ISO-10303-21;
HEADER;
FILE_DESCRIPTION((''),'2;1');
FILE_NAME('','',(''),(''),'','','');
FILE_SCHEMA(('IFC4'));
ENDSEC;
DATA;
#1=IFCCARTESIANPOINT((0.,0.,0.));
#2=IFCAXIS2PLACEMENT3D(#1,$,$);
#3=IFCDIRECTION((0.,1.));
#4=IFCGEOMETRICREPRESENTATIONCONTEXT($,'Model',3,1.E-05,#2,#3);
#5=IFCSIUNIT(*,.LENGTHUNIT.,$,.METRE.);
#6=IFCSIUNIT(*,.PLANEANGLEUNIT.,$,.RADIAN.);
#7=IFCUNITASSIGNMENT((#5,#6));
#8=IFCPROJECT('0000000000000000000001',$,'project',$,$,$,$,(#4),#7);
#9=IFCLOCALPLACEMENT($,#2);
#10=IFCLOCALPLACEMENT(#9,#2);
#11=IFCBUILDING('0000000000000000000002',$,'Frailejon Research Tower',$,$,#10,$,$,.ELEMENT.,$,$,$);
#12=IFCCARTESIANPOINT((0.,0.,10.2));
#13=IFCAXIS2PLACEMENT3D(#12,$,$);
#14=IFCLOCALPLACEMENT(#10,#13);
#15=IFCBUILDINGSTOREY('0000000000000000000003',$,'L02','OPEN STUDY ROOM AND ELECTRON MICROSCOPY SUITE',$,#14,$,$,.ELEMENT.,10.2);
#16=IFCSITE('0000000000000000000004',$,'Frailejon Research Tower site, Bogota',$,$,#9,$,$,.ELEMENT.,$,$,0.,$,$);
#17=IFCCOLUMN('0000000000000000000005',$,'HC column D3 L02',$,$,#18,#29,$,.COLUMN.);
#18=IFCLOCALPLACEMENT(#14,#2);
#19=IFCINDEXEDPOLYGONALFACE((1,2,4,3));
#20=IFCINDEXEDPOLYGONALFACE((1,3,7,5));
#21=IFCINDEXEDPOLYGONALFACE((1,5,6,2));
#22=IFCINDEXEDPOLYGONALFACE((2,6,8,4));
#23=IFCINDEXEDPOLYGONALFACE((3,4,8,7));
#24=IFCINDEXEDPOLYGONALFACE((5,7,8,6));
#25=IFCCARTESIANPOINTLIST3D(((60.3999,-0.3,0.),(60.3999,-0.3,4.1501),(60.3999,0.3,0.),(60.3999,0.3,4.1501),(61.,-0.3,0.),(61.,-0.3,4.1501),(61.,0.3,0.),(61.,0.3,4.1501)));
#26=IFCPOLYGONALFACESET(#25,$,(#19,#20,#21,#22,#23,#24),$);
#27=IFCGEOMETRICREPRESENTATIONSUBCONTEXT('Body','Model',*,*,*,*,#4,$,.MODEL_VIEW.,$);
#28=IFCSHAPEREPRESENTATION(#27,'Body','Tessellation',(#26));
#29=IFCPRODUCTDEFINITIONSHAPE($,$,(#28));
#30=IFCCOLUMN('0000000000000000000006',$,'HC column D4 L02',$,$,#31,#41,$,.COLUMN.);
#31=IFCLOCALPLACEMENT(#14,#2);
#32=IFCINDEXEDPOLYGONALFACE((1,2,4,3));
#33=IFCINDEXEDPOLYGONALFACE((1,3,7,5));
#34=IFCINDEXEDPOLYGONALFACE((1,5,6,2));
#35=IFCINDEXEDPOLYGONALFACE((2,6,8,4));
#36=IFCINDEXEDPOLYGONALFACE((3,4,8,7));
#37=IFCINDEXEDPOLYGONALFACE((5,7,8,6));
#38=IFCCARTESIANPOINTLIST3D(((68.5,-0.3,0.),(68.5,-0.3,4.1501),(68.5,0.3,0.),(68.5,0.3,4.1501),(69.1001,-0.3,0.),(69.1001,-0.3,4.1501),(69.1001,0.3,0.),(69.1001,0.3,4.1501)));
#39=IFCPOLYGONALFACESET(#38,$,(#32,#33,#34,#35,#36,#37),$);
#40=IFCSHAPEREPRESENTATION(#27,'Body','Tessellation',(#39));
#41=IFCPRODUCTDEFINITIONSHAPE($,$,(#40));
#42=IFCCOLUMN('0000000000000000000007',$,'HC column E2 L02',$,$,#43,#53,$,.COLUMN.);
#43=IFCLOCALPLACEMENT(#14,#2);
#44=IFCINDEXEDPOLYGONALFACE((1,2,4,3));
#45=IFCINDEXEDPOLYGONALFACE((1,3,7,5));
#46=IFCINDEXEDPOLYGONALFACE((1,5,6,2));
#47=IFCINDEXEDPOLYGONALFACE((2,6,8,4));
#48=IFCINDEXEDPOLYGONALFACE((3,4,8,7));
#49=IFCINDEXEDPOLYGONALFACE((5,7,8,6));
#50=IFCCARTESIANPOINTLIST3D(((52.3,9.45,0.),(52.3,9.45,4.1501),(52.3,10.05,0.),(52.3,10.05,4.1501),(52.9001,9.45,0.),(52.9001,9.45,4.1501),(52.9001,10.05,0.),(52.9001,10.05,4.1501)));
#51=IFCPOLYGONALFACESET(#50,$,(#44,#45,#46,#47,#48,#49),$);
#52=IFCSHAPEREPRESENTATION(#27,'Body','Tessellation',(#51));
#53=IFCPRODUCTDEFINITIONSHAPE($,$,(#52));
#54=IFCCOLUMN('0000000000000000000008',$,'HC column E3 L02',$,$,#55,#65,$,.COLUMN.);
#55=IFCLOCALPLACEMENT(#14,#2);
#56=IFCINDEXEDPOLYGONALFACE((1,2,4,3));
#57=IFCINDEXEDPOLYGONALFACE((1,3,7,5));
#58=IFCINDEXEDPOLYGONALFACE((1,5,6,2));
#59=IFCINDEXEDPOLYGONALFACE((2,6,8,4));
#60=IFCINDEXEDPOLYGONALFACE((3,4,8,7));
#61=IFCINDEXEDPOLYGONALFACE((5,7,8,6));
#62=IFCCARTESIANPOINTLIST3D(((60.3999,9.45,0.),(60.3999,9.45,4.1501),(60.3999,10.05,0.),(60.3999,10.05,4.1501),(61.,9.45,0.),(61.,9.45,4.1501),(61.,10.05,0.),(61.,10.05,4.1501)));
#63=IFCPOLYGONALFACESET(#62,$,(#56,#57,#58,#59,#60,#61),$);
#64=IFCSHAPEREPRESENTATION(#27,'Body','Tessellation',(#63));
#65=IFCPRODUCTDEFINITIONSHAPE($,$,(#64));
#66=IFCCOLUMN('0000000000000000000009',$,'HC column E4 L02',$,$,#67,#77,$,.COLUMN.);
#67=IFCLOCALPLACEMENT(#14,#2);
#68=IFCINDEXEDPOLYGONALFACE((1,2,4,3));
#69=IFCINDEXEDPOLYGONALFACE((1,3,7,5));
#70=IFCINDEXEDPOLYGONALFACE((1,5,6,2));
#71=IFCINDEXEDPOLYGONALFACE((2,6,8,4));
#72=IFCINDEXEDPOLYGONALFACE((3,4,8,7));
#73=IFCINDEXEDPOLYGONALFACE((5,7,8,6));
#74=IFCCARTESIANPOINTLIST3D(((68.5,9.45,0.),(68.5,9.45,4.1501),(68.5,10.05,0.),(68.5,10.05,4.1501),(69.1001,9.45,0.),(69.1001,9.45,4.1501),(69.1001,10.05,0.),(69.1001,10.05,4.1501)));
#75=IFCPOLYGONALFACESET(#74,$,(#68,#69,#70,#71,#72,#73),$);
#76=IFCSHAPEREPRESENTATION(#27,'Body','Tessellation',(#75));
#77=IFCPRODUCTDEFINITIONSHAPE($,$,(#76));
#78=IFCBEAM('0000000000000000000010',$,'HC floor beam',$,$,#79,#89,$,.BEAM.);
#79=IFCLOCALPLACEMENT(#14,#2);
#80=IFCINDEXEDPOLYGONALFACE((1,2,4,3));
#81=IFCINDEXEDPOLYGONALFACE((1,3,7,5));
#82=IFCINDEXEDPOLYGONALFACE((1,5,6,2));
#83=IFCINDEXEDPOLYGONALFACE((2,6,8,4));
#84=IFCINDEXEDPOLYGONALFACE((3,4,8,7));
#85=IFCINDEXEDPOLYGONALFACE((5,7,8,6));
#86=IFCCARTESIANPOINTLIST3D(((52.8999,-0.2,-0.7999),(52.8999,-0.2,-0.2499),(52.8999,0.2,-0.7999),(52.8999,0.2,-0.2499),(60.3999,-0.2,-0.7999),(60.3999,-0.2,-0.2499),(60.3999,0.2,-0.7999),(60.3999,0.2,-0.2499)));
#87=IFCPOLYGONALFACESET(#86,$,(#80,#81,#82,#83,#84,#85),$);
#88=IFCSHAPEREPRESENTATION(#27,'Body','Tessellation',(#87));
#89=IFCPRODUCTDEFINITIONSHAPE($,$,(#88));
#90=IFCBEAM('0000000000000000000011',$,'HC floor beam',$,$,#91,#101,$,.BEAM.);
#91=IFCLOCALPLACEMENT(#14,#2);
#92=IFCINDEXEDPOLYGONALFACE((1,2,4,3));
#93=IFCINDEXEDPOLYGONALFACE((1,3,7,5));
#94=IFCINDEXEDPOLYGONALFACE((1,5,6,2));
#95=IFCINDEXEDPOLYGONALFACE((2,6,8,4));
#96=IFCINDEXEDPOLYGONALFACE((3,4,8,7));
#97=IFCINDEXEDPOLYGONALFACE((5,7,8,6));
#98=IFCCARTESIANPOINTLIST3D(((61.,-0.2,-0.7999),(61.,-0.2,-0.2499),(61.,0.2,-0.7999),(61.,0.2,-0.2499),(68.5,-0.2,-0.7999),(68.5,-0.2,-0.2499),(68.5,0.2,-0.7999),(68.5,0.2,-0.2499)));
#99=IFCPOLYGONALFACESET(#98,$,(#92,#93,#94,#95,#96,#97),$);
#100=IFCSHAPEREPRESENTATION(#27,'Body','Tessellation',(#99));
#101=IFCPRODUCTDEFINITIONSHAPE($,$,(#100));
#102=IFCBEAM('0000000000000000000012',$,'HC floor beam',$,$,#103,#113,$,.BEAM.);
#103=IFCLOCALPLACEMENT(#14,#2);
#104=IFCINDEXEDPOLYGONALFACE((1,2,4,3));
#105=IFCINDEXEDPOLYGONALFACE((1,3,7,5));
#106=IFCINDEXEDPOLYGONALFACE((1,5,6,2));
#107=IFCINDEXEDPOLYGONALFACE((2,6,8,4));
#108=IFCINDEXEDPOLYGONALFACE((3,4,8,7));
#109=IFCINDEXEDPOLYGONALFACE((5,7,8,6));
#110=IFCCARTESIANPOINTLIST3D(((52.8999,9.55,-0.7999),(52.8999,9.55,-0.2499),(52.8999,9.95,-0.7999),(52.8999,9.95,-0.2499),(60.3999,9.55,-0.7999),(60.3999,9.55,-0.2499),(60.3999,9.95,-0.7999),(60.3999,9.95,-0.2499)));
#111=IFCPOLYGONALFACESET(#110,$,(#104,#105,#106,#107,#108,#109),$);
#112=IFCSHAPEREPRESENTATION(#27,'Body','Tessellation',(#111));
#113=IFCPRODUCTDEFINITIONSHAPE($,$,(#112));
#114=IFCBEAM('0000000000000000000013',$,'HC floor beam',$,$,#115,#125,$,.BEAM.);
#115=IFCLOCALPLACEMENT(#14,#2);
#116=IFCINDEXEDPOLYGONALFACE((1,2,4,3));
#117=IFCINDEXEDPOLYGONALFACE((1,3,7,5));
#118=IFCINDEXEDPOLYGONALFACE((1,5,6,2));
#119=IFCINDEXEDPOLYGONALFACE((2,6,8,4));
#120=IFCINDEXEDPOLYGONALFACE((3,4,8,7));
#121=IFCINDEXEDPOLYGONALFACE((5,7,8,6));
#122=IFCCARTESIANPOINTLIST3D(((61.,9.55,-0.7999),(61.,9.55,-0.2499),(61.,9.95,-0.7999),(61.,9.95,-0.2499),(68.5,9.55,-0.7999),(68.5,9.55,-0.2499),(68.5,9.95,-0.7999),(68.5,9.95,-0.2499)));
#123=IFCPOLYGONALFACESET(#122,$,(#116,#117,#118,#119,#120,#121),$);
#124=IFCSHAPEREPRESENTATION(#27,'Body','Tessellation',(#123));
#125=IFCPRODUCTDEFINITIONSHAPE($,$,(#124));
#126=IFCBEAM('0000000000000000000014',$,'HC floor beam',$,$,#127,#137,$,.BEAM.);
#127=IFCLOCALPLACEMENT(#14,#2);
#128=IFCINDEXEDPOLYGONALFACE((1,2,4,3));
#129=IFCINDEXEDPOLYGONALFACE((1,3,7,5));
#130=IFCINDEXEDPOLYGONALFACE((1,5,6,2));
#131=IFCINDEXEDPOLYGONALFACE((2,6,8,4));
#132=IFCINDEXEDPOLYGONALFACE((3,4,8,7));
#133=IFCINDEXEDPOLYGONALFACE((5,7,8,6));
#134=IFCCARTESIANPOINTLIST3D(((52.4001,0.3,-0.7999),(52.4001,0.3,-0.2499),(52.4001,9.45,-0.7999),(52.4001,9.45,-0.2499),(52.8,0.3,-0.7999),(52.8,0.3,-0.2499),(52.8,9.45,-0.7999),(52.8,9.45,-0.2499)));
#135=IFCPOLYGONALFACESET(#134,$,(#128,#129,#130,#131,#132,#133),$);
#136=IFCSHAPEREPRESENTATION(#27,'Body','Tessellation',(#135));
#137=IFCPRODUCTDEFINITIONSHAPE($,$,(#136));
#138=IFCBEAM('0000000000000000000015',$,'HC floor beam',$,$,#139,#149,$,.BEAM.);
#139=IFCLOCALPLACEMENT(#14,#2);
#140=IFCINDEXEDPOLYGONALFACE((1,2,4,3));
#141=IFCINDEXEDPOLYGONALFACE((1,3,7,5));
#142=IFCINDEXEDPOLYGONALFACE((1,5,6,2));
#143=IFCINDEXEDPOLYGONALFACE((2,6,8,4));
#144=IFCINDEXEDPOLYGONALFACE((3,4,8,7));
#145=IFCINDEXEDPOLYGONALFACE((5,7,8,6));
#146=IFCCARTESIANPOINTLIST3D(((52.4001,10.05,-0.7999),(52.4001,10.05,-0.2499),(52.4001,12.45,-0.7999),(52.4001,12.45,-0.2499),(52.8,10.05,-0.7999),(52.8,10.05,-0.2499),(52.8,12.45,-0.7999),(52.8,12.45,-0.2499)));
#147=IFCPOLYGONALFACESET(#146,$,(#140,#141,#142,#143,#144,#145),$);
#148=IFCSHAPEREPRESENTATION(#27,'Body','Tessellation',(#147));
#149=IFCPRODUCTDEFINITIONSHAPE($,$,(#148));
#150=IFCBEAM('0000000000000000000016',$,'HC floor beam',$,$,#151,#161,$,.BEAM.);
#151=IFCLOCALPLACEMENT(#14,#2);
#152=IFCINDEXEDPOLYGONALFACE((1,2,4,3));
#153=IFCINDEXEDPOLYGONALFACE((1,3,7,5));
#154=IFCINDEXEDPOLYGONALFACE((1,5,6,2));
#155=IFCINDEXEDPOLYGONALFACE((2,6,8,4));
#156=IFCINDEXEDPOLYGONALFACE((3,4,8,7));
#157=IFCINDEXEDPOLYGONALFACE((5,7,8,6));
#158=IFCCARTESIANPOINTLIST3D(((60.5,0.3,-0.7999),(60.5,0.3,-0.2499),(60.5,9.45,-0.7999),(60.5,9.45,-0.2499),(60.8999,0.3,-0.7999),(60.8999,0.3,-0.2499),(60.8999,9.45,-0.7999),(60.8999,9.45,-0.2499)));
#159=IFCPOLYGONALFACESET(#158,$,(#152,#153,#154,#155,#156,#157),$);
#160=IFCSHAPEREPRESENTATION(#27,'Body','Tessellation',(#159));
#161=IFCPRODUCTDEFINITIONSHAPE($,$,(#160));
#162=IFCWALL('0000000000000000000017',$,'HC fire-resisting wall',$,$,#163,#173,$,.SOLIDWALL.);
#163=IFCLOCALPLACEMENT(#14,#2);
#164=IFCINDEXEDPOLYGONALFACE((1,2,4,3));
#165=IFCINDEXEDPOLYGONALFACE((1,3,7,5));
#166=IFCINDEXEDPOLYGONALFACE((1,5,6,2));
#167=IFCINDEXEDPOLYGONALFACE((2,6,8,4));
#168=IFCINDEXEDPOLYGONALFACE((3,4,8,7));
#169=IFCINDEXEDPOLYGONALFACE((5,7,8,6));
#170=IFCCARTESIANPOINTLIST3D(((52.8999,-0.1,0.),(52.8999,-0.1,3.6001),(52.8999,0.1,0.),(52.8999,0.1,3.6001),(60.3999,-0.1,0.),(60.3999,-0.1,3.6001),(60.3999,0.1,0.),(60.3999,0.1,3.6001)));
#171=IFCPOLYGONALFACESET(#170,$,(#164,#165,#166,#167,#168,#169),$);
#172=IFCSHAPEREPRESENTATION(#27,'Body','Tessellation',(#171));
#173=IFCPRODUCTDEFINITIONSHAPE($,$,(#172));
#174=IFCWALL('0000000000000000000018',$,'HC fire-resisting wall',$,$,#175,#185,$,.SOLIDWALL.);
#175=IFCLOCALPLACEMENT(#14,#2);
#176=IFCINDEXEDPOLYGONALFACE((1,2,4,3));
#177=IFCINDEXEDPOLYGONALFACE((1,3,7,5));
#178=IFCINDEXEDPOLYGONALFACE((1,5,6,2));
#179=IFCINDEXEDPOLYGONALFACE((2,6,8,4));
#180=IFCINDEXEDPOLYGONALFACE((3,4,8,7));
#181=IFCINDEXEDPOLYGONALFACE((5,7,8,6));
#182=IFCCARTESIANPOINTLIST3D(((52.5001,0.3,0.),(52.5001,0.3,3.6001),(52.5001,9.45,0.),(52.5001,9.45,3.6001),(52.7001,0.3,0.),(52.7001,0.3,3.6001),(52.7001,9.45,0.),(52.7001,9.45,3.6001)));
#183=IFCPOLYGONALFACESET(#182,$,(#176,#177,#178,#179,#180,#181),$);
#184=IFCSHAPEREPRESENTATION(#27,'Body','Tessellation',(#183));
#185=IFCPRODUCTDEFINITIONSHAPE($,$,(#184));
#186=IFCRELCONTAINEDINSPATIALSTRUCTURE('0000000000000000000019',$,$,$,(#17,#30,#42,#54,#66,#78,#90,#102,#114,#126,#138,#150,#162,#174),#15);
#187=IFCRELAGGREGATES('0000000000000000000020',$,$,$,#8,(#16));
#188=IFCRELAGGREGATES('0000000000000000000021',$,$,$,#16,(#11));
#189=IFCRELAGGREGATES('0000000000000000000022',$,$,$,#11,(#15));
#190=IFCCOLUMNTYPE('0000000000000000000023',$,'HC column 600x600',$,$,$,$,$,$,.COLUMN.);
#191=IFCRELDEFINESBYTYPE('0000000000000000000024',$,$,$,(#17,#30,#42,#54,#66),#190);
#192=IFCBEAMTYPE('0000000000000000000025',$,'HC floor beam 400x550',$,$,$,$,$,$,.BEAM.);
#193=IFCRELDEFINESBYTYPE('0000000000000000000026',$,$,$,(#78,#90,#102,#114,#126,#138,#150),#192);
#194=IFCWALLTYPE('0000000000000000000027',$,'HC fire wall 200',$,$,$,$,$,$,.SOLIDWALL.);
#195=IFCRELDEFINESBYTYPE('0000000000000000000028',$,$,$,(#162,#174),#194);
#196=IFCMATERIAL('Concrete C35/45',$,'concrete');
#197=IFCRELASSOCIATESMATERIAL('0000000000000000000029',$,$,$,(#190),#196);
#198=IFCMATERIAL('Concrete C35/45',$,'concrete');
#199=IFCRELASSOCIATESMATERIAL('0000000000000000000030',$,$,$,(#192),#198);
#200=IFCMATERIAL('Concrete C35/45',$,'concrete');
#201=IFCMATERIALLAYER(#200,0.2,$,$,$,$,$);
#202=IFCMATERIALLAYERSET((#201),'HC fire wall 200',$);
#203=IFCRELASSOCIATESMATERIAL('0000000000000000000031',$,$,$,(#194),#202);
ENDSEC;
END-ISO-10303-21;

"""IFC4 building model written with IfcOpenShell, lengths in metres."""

from ifc_helpers import new_model, si_unit, direction, frame, frame_2d, origin, origin_2d, place, context, subcontext, project, spatial, rectangle, extrude, material, layer, layer_set, material_profile, profile_set, type_object, element, save


model = new_model("IFC4")

# Units and contexts
model_context = context("Model", 3, precision=1e-05, world=origin(), true_north=direction((0.0, 1.0)))
body_context = subcontext(model_context, "Body", "Model", "MODEL_VIEW")
ifc_project = project(units=[si_unit("LENGTHUNIT", "METRE"), si_unit("PLANEANGLEUNIT", "RADIAN")], contexts=[model_context])

# Site, building, storey
site_placement = place(None, origin())
site = spatial("IfcSite", under=ifc_project, at=site_placement, Name="Frailejon Research Tower site, Bogota", CompositionType="ELEMENT", RefElevation=0.0)
building_placement = place(site_placement, origin())
building = spatial("IfcBuilding", under=site, at=building_placement, Name="Frailejon Research Tower", CompositionType="ELEMENT")
storey_placement = place(building_placement, frame((0.0, 0.0, 10.2)))
storey = spatial("IfcBuildingStorey", under=building, at=storey_placement, Name="L02", Description="OPEN STUDY ROOM AND ELECTRON MICROSCOPY SUITE", CompositionType="ELEMENT", Elevation=10.2)

# Columns
ifc_material_1 = material(Name="Concrete C35/45", Category="concrete")
ifc_material_profile_1 = material_profile(ifc_material_1, rectangle(XDim=0.6001, YDim=0.6001, at=origin_2d()), Name="HC column 600x600")
ifc_profile_set_1 = profile_set([ifc_material_profile_1], Name="Concrete C35/45")
column_type = type_object("IfcColumnType", Name="HC column 600x600", PredefinedType="COLUMN", material=ifc_profile_set_1)
for number, where, z_axis, x_axis, name in (
    (1, (60.7, 0.0, 0.0), (0.0, 0.0, 1.0), (1.0, 0.0, 0.0), "HC column D3 L02"),
    (2, (68.8, 0.0, 0.0), (0.0, 0.0, 1.0), (1.0, 0.0, 0.0), "HC column D4 L02"),
    (3, (52.6001, 9.75, 0.0), (0.0, 0.0, 1.0), (1.0, 0.0, 0.0), "HC column E2 L02"),
    (4, (60.7, 9.75, 0.0), (0.0, 0.0, 1.0), (1.0, 0.0, 0.0), "HC column E3 L02"),
    (5, (68.8, 9.75, 0.0), (0.0, 0.0, 1.0), (1.0, 0.0, 0.0), "HC column E4 L02"),
):
    element("IfcColumn", number, at=place(storey_placement, frame(where, z_axis=z_axis, x_axis=x_axis)), inside=storey, type_object=column_type, Name=name, PredefinedType="COLUMN", context=body_context, shape_type="SweptSolid", body=[
        extrude(rectangle(XDim=0.6001, YDim=0.6001, at=origin_2d()), origin(), (0.0, 0.0, 1.0), 4.1501),
    ])

# Beams
ifc_material_2 = material(Name="Concrete C35/45", Category="concrete")
ifc_material_profile_2 = material_profile(ifc_material_2, rectangle(XDim=0.3999, YDim=0.55, at=origin_2d()), Name="HC floor beam 400x550")
ifc_profile_set_2 = profile_set([ifc_material_profile_2], Name="Concrete C35/45")
beam_type = type_object("IfcBeamType", Name="HC floor beam 400x550", PredefinedType="BEAM", material=ifc_profile_set_2)
for number, where, z_axis, x_axis, name in (
    (6, (52.8999, 0.0, -0.5249), (1.0, 0.0, 0.0), (0.0, 1.0, 0.0), "HC floor beam"),
    (7, (61.0, 0.0, -0.5249), (1.0, 0.0, 0.0), (0.0, 1.0, 0.0), "HC floor beam"),
    (8, (52.8999, 9.75, -0.5249), (1.0, 0.0, 0.0), (0.0, 1.0, 0.0), "HC floor beam"),
    (9, (61.0, 9.75, -0.5249), (1.0, 0.0, 0.0), (0.0, 1.0, 0.0), "HC floor beam"),
):
    element("IfcBeam", number, at=place(storey_placement, frame(where, z_axis=z_axis, x_axis=x_axis)), inside=storey, type_object=beam_type, Name=name, PredefinedType="BEAM", context=body_context, shape_type="SweptSolid", body=[
        extrude(rectangle(XDim=0.3999, YDim=0.55, at=origin_2d()), origin(), (0.0, 0.0, 1.0), 7.5),
    ])
beam_1_placement = place(storey_placement, frame((52.6001, 0.3, -0.5249), z_axis=(0.0, 1.0, 0.0), x_axis=(-1.0, 0.0, 0.0)))
element("IfcBeam", 10, at=beam_1_placement, inside=storey, type_object=beam_type, Name="HC floor beam", PredefinedType="BEAM", context=body_context, shape_type="SweptSolid", body=[
    extrude(rectangle(XDim=0.3999, YDim=0.55, at=origin_2d()), origin(), (0.0, 0.0, 1.0), 9.1499),
])
beam_2_placement = place(storey_placement, frame((52.6001, 10.05, -0.5249), z_axis=(0.0, 1.0, 0.0), x_axis=(-1.0, 0.0, 0.0)))
element("IfcBeam", 11, at=beam_2_placement, inside=storey, type_object=beam_type, Name="HC floor beam", PredefinedType="BEAM", context=body_context, shape_type="SweptSolid", body=[
    extrude(rectangle(XDim=0.3999, YDim=0.55, at=origin_2d()), origin(), (0.0, 0.0, 1.0), 2.3999),
])
beam_3_placement = place(storey_placement, frame((60.7, 0.3, -0.5249), z_axis=(0.0, 1.0, 0.0), x_axis=(-1.0, 0.0, 0.0)))
element("IfcBeam", 12, at=beam_3_placement, inside=storey, type_object=beam_type, Name="HC floor beam", PredefinedType="BEAM", context=body_context, shape_type="SweptSolid", body=[
    extrude(rectangle(XDim=0.3999, YDim=0.55, at=origin_2d()), origin(), (0.0, 0.0, 1.0), 9.1499),
])

# Walls
ifc_material_3 = material(Name="Concrete C35/45", Category="concrete")
ifc_layer_1 = layer(ifc_material_3, 0.2)
ifc_layer_set_1 = layer_set([ifc_layer_1], Name="HC fire wall 200")
wall_type_1 = type_object("IfcWallType", Name="HC fire wall 200", PredefinedType="SOLIDWALL", material=ifc_layer_set_1)
wall_1_placement = place(storey_placement, frame((52.8999, 0.0, 0.0), z_axis=(0.0, 0.0, 1.0), x_axis=(1.0, 0.0, 0.0)))
element("IfcWall", 13, at=wall_1_placement, inside=storey, type_object=wall_type_1, Name="HC fire-resisting wall", PredefinedType="SOLIDWALL", context=body_context, shape_type="SweptSolid", body=[
    extrude(rectangle(XDim=7.5, YDim=0.2, at=frame_2d((3.75, 0.0))), origin(), (0.0, 0.0, 1.0), 3.6001),
])
wall_2_placement = place(storey_placement, frame((52.6001, 0.3, 0.0), z_axis=(0.0, 0.0, 1.0), x_axis=(0.0, 1.0, 0.0)))
element("IfcWall", 14, at=wall_2_placement, inside=storey, type_object=wall_type_1, Name="HC fire-resisting wall", PredefinedType="SOLIDWALL", context=body_context, shape_type="SweptSolid", body=[
    extrude(rectangle(XDim=9.1499, YDim=0.2, at=frame_2d((4.575, 0.0))), origin(), (0.0, 0.0, 1.0), 3.6001),
])

save(model, "model.ifc")
